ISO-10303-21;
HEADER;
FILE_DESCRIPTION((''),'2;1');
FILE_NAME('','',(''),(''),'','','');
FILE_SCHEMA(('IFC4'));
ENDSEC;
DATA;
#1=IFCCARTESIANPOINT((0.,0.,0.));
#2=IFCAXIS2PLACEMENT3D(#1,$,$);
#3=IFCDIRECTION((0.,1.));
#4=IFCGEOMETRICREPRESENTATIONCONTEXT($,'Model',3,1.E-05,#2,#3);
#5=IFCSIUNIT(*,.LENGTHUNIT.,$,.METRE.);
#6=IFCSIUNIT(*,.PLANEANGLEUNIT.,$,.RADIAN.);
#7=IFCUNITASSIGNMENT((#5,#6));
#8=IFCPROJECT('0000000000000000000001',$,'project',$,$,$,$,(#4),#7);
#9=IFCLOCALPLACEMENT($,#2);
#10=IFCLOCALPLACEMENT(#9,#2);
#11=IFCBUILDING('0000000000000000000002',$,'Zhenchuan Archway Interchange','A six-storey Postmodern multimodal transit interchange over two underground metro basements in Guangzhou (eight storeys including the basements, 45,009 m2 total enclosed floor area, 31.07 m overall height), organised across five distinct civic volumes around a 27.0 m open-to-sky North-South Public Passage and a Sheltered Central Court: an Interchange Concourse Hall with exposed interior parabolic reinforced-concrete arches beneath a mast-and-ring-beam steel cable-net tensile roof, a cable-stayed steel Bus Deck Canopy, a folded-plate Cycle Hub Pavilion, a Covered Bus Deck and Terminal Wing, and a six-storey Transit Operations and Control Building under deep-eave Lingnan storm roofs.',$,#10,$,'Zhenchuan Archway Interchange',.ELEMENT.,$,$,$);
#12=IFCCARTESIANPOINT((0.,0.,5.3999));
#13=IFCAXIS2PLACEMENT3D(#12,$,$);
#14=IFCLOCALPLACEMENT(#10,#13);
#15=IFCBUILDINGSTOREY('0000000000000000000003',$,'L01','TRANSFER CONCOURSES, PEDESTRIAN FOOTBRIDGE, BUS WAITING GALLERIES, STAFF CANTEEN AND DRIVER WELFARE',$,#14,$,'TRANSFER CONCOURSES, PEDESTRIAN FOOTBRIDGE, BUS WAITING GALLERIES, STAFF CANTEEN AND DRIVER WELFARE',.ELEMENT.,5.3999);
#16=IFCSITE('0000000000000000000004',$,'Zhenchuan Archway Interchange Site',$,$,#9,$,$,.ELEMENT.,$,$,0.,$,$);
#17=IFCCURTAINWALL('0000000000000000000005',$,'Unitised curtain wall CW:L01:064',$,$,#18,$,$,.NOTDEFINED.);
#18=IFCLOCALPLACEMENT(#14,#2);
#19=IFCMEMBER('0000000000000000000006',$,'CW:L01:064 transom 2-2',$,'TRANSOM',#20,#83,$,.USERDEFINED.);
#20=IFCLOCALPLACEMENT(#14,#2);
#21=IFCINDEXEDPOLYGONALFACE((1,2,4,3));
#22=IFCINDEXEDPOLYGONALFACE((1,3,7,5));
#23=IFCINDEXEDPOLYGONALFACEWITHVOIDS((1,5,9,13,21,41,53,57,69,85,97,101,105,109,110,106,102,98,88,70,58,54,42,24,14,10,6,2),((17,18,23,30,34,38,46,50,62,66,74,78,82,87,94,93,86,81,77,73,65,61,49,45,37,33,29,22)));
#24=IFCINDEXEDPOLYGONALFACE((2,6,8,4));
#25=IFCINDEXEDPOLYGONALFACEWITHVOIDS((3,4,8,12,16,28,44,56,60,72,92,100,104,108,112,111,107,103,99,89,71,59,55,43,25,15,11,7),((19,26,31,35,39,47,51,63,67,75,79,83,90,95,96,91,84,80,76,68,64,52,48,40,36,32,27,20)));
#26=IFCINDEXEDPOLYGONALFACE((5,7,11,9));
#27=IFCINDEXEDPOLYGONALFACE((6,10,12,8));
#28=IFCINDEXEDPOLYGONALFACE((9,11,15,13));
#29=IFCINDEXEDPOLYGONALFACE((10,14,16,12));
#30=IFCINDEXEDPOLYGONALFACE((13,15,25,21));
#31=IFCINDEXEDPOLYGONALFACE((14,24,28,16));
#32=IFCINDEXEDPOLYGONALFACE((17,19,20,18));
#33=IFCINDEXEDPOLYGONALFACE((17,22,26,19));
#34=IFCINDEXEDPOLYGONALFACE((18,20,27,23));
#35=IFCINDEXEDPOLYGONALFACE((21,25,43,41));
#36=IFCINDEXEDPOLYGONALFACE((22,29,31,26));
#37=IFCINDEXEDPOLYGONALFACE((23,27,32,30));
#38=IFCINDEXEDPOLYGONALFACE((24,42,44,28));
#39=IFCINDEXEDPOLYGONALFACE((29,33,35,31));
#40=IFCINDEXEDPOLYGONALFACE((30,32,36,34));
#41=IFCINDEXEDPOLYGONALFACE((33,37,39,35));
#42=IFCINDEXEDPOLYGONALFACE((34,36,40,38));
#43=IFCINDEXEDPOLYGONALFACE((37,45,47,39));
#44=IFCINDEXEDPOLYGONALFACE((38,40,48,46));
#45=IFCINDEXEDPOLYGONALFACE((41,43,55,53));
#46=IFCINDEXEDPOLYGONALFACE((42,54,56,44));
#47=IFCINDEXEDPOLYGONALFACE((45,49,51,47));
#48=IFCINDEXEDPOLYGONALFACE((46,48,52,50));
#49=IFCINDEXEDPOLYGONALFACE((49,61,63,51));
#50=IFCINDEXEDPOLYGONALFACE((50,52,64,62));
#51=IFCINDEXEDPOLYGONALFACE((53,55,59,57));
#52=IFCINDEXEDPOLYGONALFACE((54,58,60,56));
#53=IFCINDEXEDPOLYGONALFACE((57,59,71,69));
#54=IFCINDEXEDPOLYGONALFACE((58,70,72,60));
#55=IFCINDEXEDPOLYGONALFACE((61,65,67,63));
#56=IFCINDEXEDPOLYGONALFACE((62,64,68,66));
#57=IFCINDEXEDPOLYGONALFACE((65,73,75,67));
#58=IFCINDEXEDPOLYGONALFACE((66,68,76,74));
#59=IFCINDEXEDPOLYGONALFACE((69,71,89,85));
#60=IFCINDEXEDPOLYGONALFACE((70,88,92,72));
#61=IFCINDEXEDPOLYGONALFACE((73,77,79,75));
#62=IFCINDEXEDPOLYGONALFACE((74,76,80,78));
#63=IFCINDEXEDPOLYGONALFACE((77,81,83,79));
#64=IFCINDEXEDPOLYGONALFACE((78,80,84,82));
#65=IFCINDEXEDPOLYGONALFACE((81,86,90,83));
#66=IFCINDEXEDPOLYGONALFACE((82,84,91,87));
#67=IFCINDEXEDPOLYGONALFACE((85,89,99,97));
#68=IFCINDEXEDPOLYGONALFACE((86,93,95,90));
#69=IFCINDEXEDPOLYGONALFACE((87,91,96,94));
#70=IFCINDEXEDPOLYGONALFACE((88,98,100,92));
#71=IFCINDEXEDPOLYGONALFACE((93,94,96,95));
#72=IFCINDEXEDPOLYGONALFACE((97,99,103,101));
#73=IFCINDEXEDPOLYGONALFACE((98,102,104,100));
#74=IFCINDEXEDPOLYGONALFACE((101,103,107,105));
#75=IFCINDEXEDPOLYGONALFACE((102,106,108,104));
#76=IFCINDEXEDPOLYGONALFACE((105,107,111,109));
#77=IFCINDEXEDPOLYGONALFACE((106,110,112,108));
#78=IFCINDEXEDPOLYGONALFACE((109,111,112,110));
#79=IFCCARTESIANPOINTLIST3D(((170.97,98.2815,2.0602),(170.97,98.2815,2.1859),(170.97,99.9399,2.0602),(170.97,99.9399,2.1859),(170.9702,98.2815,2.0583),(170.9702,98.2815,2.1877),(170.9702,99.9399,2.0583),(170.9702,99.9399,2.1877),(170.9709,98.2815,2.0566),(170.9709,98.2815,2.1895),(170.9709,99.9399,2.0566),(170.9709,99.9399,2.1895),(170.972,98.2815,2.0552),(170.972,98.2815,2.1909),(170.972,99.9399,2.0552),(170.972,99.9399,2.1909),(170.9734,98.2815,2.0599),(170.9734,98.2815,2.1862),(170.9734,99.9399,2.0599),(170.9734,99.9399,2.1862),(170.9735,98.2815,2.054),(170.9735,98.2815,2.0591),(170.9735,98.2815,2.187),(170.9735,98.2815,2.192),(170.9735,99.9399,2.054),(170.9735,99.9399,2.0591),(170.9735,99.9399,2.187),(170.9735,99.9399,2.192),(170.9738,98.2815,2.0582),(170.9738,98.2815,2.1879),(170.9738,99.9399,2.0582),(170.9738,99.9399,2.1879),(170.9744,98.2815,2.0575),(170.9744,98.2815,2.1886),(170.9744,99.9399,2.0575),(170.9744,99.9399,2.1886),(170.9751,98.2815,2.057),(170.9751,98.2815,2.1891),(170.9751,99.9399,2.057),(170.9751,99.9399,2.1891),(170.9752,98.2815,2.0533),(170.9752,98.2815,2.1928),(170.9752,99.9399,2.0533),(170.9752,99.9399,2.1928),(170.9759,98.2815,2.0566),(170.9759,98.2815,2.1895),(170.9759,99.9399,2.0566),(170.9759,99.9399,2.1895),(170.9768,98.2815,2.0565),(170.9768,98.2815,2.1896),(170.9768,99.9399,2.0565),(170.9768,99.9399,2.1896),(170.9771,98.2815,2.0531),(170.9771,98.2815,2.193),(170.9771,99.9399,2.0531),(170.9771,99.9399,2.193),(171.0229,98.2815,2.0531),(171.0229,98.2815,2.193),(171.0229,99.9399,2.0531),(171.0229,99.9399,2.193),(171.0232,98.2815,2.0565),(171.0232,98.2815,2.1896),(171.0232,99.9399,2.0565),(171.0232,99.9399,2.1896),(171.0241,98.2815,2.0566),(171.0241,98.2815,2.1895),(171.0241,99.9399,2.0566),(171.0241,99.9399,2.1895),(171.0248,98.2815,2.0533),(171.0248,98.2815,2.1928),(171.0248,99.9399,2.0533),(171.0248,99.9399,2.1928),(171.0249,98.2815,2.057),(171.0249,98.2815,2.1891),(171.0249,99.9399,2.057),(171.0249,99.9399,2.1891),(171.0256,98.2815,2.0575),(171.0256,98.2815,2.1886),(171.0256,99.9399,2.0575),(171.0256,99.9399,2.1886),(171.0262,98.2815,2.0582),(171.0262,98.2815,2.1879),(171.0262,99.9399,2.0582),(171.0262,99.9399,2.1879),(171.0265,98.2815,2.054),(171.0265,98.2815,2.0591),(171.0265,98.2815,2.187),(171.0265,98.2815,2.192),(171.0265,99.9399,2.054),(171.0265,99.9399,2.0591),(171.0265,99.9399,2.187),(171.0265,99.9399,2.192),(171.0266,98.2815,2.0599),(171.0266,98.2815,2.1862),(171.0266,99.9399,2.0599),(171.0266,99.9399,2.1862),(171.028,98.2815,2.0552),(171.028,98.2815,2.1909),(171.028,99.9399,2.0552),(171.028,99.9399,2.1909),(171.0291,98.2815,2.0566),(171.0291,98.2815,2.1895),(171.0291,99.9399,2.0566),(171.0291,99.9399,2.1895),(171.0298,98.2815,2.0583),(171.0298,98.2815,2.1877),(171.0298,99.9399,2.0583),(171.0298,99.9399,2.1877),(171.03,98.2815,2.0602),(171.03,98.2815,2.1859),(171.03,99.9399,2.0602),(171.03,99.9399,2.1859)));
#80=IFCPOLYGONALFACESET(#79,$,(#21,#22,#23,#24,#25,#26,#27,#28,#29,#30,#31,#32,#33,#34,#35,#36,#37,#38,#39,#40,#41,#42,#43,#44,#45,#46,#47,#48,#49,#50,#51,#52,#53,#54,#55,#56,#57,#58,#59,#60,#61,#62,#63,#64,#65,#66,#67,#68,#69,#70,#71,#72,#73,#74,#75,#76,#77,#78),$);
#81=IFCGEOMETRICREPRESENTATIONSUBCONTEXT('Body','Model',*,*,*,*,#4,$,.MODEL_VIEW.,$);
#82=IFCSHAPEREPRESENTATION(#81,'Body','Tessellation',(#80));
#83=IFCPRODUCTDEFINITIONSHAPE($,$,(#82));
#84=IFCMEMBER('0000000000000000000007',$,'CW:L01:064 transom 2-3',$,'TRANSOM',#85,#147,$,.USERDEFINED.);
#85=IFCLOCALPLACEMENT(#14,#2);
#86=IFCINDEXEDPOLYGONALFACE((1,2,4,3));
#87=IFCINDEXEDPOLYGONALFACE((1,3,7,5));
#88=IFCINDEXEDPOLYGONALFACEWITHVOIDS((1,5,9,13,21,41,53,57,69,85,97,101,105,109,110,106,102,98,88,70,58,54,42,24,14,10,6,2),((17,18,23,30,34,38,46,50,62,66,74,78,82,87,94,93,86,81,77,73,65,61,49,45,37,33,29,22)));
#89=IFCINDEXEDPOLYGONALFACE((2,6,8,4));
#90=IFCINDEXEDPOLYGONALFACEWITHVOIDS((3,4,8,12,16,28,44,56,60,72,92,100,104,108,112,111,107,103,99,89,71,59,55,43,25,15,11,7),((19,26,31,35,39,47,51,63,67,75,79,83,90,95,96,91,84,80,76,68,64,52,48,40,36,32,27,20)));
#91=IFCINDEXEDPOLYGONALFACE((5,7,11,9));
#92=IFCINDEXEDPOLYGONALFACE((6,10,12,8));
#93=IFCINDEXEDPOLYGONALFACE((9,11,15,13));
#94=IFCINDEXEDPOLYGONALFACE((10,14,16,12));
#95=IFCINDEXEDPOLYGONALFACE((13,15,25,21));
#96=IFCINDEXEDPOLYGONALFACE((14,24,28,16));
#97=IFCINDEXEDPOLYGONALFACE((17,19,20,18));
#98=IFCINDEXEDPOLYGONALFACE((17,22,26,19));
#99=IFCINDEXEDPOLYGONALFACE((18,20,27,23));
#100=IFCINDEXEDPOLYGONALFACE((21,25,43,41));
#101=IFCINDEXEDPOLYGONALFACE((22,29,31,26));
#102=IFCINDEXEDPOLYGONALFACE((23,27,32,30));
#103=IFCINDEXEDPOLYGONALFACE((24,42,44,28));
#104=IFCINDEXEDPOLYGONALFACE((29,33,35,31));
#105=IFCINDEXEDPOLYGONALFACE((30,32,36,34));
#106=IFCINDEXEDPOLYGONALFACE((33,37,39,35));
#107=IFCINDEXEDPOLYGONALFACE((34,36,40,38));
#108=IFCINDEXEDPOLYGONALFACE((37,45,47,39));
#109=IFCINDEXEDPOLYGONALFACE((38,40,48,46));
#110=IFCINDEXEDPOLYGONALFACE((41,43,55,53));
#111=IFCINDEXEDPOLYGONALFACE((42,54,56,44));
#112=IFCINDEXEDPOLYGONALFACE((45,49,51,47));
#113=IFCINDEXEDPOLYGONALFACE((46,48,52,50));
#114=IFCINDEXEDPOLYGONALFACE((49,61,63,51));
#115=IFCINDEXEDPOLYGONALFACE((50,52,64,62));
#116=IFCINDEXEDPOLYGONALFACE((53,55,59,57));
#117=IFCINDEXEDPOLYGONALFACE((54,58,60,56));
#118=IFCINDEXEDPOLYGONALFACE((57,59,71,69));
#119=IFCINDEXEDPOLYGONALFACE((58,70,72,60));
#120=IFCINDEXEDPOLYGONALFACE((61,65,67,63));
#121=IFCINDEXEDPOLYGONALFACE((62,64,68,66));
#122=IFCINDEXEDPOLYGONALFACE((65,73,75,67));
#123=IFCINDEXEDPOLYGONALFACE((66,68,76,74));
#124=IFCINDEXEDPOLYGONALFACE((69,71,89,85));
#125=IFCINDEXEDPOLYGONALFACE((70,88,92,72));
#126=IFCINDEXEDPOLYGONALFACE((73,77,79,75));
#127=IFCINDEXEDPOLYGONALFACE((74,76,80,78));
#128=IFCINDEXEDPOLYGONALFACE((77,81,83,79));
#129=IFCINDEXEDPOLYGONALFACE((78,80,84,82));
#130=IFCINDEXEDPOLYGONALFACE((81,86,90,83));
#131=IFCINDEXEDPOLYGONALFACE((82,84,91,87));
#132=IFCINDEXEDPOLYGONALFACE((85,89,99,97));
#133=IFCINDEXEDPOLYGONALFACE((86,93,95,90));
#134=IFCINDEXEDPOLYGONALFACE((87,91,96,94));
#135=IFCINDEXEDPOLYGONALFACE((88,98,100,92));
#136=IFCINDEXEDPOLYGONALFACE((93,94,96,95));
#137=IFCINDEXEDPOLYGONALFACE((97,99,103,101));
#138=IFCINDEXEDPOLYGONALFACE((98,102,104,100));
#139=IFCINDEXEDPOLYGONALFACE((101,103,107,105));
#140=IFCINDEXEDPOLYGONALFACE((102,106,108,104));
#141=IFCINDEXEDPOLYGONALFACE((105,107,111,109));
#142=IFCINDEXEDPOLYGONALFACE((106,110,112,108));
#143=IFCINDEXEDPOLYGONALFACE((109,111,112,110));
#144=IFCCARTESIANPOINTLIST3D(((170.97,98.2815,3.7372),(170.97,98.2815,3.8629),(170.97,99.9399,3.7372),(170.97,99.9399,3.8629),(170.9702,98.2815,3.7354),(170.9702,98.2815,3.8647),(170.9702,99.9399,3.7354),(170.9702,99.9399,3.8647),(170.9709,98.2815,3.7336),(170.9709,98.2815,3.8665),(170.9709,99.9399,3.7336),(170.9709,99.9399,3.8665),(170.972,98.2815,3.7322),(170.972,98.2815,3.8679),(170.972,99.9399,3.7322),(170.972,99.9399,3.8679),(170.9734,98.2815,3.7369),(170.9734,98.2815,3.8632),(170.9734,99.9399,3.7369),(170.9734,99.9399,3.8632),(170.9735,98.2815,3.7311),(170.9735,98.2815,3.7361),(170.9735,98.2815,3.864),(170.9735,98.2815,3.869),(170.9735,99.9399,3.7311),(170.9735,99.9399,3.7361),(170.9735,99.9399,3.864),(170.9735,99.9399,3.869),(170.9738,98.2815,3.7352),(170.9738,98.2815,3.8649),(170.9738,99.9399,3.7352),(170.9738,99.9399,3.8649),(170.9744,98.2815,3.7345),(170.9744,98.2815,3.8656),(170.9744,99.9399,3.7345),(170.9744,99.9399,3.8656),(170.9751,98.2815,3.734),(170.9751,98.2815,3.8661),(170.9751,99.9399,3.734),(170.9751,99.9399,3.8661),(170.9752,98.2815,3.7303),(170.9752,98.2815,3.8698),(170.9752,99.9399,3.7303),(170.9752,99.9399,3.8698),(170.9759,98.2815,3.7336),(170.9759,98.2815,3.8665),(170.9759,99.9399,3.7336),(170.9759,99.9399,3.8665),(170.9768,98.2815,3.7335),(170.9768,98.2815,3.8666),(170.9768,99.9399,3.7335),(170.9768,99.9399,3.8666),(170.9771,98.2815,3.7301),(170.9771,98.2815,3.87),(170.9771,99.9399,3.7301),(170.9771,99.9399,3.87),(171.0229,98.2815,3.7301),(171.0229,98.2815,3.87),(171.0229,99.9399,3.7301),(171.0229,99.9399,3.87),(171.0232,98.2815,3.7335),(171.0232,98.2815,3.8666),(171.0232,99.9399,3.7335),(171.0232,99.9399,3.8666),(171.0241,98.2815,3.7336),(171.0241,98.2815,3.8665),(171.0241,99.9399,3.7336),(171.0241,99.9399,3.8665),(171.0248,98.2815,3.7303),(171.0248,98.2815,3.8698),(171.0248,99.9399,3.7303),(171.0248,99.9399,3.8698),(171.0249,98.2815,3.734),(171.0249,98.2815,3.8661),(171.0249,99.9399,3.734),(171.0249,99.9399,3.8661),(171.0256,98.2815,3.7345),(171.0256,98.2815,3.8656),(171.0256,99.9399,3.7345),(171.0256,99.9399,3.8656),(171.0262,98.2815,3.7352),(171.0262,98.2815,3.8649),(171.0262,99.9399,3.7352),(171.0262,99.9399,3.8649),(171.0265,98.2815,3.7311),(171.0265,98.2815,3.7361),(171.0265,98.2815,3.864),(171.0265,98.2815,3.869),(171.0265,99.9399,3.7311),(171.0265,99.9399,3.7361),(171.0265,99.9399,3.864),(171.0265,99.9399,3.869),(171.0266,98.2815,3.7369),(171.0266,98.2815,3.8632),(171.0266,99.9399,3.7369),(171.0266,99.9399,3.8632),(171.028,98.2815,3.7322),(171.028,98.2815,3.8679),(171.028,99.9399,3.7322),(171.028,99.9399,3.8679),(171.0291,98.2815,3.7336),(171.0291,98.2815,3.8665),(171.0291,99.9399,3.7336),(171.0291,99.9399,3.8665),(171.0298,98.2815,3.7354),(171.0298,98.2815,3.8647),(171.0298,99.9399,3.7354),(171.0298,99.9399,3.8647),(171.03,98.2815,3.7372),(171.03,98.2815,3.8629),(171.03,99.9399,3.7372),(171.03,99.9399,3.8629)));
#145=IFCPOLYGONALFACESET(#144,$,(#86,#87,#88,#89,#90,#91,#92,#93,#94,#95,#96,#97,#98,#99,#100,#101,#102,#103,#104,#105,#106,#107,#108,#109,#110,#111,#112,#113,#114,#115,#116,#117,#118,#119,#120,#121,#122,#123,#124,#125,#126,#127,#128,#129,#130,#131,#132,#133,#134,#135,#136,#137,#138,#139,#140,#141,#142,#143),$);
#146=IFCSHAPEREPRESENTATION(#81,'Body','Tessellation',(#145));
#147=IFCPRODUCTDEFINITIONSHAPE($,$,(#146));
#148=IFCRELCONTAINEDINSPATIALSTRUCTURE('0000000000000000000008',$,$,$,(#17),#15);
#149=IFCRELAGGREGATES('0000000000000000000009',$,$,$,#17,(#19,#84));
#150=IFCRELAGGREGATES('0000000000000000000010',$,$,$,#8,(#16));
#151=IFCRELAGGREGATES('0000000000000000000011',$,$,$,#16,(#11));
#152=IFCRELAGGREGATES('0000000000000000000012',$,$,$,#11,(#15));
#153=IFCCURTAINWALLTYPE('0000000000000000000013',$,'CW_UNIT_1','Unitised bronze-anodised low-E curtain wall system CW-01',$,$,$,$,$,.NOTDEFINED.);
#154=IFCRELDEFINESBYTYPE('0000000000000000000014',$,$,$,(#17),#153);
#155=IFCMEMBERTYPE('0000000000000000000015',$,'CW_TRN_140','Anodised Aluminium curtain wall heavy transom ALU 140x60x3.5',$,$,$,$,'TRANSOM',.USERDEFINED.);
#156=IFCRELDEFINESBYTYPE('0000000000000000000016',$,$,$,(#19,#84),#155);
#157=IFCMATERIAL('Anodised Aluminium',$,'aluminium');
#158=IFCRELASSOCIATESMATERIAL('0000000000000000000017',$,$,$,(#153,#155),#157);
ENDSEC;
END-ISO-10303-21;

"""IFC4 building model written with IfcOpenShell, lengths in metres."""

from ifc_helpers import new_model, si_unit, direction, frame, origin, origin_2d, place, context, subcontext, project, spatial, hollow_rectangle, extrude, material, material_profile, profile_set, type_object, element, aggregate, save


model = new_model("IFC4")

# Units and contexts
model_context = context("Model", 3, precision=1e-05, world=origin(), true_north=direction((0.0, 1.0)))
body_context = subcontext(model_context, "Body", "Model", "MODEL_VIEW")
ifc_project = project(units=[si_unit("LENGTHUNIT", "METRE"), si_unit("PLANEANGLEUNIT", "RADIAN")], contexts=[model_context])

# Site, building, storey
site_placement = place(None, origin())
site = spatial("IfcSite", under=ifc_project, at=site_placement, Name="Zhenchuan Archway Interchange Site", CompositionType="ELEMENT", RefElevation=0.0)
building_placement = place(site_placement, origin())
building = spatial("IfcBuilding", under=site, at=building_placement, Name="Zhenchuan Archway Interchange", Description="A six-storey Postmodern multimodal transit interchange over two underground metro basements in Guangzhou (eight storeys including the basements, 45,009 m2 total enclosed floor area, 31.07 m overall height), organised across five distinct civic volumes around a 27.0 m open-to-sky North-South Public Passage and a Sheltered Central Court: an Interchange Concourse Hall with exposed interior parabolic reinforced-concrete arches beneath a mast-and-ring-beam steel cable-net tensile roof, a cable-stayed steel Bus Deck Canopy, a folded-plate Cycle Hub Pavilion, a Covered Bus Deck and Terminal Wing, and a six-storey Transit Operations and Control Building under deep-eave Lingnan storm roofs.", LongName="Zhenchuan Archway Interchange", CompositionType="ELEMENT")
storey_placement = place(building_placement, frame((0.0, 0.0, 5.3999)))
storey = spatial("IfcBuildingStorey", under=building, at=storey_placement, Name="L01", Description="TRANSFER CONCOURSES, PEDESTRIAN FOOTBRIDGE, BUS WAITING GALLERIES, STAFF CANTEEN AND DRIVER WELFARE", LongName="TRANSFER CONCOURSES, PEDESTRIAN FOOTBRIDGE, BUS WAITING GALLERIES, STAFF CANTEEN AND DRIVER WELFARE", CompositionType="ELEMENT", Elevation=5.3999)

# Shared definitions
ifc_material_1 = material(Name="Anodised Aluminium", Category="aluminium")

# Curtain wall, members
curtain_wall_type_1 = type_object("IfcCurtainWallType", Name="CW_UNIT_1", Description="Unitised bronze-anodised low-E curtain wall system CW-01", PredefinedType="NOTDEFINED", material=ifc_material_1)
curtain_wall_1_placement = place(storey_placement, origin())
curtain_wall_1 = element("IfcCurtainWall", 1, at=curtain_wall_1_placement, inside=storey, type_object=curtain_wall_type_1, Name="Unitised curtain wall CW:L01:064", PredefinedType="NOTDEFINED")
ifc_material_profile_1 = material_profile(ifc_material_1, hollow_rectangle(XDim=0.0601, YDim=0.1399, WallThickness=0.0034, InnerFilletRadius=0.0034, OuterFilletRadius=0.0071, at=origin_2d()), Name="ALU 140x60x3.5")
ifc_profile_set_1 = profile_set([ifc_material_profile_1], Name="Anodised Aluminium")
member_type_1 = type_object("IfcMemberType", Name="CW_TRN_140", Description="Anodised Aluminium curtain wall heavy transom ALU 140x60x3.5", ElementType="TRANSOM", PredefinedType="USERDEFINED", material=ifc_profile_set_1)
member_1_placement = place(storey_placement, frame((171.0, 99.9399, 2.123), z_axis=(0.0, -1.0, 0.0), x_axis=(1.0, 0.0, 0.0)))
member_1 = element("IfcMember", 2, at=member_1_placement, type_object=member_type_1, Name="CW:L01:064 transom 2-2", ObjectType="TRANSOM", PredefinedType="USERDEFINED", context=body_context, shape_type="SweptSolid", body=[
    extrude(hollow_rectangle(XDim=0.0601, YDim=0.1399, WallThickness=0.0034, InnerFilletRadius=0.0034, OuterFilletRadius=0.0071, at=origin_2d()), origin(), (0.0, 0.0, 1.0), 1.6584),
])
member_2_placement = place(storey_placement, frame((171.0, 99.9399, 3.8), z_axis=(0.0, -1.0, 0.0), x_axis=(1.0, 0.0, 0.0)))
member_2 = element("IfcMember", 3, at=member_2_placement, type_object=member_type_1, Name="CW:L01:064 transom 2-3", ObjectType="TRANSOM", PredefinedType="USERDEFINED", context=body_context, shape_type="SweptSolid", body=[
    extrude(hollow_rectangle(XDim=0.0601, YDim=0.1399, WallThickness=0.0034, InnerFilletRadius=0.0034, OuterFilletRadius=0.0071, at=origin_2d()), origin(), (0.0, 0.0, 1.0), 1.6584),
])

aggregate(curtain_wall_1, [member_1, member_2])

save(model, "model.ifc")
